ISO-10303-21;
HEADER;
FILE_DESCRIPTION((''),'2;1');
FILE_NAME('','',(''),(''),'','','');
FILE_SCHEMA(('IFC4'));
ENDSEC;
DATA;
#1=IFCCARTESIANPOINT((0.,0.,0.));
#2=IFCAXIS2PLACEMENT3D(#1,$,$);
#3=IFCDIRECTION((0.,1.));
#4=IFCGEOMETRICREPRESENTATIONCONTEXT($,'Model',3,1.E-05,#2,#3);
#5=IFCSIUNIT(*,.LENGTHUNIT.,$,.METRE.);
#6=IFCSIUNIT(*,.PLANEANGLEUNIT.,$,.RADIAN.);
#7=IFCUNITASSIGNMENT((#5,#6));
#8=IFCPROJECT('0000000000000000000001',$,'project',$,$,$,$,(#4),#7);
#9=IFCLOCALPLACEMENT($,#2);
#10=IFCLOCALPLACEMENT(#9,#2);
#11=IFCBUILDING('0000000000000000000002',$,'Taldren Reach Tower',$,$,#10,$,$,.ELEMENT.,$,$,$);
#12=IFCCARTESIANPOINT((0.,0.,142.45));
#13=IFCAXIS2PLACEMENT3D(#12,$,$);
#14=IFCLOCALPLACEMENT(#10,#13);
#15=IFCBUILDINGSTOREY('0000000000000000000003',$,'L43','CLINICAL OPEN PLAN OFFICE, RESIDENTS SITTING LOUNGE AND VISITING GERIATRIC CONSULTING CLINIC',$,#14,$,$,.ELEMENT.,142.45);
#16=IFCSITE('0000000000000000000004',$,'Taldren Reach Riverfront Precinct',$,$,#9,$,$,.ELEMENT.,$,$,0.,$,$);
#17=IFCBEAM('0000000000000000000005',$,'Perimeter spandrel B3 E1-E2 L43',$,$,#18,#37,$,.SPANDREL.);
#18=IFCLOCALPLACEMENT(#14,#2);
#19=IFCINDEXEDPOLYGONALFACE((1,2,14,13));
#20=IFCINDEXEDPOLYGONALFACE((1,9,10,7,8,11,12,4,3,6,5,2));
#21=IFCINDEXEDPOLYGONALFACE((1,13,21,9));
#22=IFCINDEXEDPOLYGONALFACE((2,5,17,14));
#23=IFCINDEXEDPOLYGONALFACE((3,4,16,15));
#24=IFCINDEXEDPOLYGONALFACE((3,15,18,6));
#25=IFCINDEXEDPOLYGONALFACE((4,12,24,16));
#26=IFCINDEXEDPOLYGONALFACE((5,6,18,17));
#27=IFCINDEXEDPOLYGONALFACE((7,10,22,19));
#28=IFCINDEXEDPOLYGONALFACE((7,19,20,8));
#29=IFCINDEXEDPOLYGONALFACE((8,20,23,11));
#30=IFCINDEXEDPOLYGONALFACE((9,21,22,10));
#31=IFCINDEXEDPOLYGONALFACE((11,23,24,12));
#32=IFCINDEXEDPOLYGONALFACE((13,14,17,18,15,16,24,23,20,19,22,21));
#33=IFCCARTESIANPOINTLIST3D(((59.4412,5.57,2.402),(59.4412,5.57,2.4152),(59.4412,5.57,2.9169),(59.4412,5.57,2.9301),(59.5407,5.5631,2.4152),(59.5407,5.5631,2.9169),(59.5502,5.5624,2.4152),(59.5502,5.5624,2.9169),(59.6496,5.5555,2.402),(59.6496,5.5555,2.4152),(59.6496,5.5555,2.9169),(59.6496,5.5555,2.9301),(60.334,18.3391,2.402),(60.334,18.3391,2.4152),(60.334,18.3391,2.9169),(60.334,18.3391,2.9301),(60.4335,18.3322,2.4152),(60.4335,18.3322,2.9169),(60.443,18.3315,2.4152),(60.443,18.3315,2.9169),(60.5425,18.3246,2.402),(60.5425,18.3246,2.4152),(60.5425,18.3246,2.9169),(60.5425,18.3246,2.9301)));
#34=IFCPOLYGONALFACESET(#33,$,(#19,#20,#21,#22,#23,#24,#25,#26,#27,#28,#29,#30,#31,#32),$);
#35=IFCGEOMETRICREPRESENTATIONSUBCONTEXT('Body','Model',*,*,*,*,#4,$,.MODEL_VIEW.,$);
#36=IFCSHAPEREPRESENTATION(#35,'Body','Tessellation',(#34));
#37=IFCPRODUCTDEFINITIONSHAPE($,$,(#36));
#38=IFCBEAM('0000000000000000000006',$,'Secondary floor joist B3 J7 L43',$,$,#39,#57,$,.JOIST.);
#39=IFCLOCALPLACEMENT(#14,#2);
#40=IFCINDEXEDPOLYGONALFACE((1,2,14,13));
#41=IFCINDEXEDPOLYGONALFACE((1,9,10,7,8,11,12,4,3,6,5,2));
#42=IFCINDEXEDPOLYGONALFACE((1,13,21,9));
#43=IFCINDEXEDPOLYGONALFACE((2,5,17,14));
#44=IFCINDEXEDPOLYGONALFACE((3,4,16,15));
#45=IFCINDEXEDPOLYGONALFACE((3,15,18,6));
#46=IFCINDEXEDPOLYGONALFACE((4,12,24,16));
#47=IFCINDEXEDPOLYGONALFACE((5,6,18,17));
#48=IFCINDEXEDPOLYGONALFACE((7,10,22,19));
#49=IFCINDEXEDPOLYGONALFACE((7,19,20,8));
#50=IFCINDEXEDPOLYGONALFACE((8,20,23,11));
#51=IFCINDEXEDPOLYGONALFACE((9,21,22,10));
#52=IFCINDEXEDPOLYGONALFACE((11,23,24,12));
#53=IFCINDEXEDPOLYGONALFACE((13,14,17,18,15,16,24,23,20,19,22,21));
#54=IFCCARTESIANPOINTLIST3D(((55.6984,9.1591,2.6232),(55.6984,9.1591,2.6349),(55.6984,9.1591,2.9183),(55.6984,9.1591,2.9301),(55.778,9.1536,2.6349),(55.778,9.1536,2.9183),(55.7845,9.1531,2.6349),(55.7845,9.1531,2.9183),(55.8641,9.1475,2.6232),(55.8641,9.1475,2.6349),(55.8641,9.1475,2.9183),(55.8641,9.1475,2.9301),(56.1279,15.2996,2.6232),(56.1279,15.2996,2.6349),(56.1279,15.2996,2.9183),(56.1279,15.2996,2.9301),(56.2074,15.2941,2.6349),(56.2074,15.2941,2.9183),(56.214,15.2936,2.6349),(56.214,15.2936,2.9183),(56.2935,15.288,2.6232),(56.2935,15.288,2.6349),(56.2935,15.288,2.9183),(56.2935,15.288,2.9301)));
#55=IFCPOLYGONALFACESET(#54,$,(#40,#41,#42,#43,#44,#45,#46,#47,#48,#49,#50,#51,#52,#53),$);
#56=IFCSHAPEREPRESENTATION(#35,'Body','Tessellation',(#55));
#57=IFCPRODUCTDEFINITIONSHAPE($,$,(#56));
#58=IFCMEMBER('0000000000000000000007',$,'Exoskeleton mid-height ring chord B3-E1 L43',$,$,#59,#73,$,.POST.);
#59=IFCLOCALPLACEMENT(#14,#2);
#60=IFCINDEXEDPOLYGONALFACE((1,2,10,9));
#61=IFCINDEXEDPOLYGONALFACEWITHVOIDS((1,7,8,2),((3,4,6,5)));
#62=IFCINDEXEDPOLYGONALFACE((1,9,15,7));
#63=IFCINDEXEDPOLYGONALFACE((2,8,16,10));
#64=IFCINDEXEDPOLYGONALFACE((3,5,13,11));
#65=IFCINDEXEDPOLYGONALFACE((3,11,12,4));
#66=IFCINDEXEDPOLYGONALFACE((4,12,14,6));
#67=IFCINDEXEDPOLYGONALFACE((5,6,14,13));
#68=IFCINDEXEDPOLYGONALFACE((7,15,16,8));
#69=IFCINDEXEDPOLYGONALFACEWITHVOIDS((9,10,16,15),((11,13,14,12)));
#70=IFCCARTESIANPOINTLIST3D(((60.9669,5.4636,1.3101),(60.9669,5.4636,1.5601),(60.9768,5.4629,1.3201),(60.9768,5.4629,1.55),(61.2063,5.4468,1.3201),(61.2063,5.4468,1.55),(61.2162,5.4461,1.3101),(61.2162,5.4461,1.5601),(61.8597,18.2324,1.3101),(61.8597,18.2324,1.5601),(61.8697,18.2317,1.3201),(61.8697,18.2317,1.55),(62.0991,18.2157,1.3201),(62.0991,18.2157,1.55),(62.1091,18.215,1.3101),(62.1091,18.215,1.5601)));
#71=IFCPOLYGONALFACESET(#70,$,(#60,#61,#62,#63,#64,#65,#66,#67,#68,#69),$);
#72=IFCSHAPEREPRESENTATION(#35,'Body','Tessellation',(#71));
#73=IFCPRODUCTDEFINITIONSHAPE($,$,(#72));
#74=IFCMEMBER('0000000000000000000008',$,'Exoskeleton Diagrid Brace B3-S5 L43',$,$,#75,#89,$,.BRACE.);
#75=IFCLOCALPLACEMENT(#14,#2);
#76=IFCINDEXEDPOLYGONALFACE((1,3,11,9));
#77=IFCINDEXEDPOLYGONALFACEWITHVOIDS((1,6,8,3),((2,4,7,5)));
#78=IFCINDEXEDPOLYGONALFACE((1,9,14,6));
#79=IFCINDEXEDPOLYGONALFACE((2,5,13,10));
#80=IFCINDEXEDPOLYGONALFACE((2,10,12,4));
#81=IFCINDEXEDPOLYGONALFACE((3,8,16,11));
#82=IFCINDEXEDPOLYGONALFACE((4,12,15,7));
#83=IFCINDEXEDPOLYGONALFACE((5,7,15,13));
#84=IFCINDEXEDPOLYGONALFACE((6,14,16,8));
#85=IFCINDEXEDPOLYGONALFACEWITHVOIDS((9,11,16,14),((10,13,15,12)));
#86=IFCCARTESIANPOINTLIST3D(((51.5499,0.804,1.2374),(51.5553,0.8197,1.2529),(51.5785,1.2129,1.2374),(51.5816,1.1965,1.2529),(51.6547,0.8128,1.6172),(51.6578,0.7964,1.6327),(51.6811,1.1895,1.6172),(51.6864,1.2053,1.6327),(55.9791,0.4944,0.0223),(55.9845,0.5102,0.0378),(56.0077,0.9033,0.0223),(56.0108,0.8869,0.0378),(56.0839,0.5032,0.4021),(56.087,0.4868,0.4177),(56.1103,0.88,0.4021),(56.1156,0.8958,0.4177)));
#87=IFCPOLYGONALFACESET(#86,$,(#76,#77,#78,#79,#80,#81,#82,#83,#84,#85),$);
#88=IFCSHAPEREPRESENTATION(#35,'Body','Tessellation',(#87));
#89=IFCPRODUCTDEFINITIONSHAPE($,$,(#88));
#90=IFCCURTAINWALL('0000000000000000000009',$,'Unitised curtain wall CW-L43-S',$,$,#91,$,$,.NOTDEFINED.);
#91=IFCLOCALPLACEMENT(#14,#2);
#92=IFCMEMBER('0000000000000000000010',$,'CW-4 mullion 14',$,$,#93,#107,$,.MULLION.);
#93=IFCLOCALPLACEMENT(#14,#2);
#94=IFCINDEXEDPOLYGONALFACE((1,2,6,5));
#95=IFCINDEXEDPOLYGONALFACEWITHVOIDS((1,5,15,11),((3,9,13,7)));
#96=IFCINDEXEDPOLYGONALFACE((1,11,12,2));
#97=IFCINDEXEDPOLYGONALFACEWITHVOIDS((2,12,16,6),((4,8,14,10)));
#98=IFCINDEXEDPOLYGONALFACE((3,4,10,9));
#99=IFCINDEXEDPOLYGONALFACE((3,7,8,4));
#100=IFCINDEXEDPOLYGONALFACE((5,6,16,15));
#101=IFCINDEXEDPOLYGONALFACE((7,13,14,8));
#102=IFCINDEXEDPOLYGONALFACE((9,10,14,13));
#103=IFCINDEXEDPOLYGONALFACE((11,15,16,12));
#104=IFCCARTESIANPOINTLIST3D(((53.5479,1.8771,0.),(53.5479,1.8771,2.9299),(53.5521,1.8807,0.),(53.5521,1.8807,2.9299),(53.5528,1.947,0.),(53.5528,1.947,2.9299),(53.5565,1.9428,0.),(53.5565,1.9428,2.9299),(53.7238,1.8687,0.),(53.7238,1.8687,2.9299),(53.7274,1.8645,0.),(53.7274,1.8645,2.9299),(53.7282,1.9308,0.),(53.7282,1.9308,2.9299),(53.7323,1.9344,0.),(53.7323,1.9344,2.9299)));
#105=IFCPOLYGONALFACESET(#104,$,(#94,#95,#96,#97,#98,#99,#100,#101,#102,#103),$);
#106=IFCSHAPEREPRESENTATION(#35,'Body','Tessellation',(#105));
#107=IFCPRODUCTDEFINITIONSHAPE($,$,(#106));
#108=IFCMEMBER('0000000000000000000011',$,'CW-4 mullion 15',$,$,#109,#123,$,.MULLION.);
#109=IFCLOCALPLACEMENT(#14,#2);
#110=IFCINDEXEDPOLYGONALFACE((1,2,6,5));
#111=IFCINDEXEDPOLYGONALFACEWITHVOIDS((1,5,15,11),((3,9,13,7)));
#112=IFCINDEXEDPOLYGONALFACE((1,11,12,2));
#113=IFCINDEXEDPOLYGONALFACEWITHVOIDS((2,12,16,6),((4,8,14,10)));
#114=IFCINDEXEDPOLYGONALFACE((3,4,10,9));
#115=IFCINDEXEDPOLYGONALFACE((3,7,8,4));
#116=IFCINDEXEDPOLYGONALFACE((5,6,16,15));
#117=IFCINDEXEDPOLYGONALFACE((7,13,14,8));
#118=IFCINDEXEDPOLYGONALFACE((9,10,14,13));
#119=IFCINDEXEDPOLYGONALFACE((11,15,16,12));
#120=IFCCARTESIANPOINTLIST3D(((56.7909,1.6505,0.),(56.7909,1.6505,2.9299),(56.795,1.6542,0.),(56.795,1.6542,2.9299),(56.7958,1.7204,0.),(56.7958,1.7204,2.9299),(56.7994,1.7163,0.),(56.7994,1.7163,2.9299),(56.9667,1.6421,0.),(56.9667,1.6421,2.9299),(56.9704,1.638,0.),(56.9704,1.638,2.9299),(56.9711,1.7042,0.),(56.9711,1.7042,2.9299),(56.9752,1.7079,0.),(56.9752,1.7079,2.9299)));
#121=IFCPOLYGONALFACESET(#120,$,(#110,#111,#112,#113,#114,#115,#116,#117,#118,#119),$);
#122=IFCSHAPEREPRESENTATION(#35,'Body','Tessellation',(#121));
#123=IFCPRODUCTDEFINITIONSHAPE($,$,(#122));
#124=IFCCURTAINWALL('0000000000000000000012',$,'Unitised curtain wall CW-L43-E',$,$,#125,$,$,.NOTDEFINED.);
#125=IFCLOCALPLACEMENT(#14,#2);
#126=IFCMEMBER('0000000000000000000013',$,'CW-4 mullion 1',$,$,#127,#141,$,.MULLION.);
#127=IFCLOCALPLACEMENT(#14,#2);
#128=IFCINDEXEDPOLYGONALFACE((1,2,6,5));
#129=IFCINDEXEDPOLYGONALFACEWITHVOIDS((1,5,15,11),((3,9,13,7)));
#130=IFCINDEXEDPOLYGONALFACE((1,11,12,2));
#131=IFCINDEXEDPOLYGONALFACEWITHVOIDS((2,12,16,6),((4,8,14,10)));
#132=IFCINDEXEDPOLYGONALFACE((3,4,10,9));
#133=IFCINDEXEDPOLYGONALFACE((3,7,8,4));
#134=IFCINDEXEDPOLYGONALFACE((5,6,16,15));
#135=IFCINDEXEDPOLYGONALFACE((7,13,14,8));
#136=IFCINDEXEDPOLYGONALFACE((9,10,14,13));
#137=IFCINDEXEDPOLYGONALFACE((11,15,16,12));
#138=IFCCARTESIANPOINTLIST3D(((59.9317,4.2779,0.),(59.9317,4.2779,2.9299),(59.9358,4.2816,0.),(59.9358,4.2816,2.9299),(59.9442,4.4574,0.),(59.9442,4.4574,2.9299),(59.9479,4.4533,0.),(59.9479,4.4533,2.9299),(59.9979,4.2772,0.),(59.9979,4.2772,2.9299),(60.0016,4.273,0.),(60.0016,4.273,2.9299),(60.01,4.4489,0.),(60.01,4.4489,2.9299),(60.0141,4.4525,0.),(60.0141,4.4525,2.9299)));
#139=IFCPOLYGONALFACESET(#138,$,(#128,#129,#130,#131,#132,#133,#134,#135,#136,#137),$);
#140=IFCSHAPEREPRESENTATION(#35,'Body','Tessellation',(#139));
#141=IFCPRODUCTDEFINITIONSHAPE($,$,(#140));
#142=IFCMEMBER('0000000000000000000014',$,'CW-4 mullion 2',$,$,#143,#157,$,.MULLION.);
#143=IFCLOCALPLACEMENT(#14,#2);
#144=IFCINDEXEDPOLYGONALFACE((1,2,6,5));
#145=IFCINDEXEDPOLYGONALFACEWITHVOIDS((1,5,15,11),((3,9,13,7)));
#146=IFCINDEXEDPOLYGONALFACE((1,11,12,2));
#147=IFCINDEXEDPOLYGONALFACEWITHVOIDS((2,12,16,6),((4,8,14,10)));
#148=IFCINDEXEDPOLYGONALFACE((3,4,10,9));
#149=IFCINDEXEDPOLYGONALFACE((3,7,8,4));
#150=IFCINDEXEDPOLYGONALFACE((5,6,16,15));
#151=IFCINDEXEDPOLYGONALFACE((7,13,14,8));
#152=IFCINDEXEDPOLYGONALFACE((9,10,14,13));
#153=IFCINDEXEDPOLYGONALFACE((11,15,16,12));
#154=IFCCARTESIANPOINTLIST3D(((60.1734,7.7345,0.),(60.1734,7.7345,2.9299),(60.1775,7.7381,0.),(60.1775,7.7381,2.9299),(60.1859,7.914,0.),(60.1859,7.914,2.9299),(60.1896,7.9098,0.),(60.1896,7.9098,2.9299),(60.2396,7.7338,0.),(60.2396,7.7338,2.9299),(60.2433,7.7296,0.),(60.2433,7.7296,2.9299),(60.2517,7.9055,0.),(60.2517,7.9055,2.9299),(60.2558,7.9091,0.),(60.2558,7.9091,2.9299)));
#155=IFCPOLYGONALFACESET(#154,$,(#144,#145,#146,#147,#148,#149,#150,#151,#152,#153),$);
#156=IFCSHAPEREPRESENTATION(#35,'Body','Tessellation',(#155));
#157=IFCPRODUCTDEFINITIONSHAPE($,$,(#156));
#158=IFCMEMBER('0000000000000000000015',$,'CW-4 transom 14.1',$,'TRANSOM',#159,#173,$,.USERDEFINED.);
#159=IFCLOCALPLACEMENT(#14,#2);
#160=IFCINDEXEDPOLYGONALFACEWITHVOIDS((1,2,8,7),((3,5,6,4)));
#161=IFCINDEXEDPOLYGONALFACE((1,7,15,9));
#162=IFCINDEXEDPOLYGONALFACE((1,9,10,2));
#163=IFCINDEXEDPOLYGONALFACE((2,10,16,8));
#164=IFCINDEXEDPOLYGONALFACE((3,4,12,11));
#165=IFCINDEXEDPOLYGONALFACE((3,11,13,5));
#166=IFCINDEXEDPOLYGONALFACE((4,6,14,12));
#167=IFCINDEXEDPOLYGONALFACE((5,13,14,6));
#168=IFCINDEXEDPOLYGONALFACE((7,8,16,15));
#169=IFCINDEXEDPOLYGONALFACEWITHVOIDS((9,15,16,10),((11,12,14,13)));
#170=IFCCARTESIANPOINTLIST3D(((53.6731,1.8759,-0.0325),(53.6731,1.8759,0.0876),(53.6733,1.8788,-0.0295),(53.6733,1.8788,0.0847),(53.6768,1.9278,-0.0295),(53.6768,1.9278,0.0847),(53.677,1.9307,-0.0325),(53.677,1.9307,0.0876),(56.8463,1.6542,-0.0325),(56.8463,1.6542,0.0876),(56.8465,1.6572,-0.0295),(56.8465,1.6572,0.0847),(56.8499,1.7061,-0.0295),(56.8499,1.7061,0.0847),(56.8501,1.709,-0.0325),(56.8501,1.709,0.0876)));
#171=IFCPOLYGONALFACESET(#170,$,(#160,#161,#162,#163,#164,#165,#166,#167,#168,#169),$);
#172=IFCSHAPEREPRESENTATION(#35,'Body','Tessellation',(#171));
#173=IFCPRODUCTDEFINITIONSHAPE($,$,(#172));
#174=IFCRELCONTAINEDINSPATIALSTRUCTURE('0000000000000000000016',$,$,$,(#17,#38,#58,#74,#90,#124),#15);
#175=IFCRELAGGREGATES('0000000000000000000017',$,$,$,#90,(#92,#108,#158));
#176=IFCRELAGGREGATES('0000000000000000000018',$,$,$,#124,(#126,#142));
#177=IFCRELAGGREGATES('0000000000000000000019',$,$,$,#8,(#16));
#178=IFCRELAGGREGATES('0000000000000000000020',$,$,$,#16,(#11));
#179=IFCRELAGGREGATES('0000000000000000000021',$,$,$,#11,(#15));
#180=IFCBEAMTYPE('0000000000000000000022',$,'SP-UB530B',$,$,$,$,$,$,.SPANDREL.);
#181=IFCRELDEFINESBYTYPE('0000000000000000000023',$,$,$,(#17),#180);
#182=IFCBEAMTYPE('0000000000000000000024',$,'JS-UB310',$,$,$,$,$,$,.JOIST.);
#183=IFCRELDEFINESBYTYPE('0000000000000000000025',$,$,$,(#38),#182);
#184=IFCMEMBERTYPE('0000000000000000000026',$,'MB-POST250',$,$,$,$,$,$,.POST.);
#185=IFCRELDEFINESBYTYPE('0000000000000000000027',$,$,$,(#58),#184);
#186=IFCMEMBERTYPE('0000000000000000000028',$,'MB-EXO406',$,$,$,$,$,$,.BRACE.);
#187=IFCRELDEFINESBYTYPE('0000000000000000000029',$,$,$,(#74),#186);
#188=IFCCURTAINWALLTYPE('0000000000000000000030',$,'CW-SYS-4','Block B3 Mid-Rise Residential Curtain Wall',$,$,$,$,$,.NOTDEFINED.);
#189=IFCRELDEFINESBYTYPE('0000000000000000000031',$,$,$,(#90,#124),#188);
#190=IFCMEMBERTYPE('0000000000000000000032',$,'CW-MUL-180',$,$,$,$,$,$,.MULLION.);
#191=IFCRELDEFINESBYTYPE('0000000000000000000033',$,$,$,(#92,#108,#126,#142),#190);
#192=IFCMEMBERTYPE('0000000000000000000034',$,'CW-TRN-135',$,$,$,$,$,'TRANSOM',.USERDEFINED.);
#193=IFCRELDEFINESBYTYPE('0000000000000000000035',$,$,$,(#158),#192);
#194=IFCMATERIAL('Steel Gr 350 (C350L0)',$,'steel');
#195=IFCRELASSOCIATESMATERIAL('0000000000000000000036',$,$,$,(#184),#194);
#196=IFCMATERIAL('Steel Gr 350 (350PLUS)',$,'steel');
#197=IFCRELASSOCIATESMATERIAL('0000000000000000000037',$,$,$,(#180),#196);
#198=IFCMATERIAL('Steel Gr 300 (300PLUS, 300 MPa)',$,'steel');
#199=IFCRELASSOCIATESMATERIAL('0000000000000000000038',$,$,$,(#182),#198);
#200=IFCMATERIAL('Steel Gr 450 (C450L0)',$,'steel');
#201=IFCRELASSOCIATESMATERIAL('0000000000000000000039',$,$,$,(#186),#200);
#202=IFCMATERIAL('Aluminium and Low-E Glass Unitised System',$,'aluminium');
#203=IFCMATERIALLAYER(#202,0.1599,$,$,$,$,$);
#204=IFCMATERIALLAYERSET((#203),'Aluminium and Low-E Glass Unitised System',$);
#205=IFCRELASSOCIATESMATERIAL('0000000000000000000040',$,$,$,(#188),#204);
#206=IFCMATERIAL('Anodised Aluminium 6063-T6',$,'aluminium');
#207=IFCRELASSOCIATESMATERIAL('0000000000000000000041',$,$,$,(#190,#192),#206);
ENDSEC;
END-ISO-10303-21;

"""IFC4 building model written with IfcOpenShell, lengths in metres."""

from ifc_helpers import new_model, si_unit, direction, frame, origin, origin_2d, place, context, subcontext, project, spatial, hollow_rectangle, i_section, extrude, source, transform, mapped, material, layer, layer_set, material_profile, profile_set, type_object, element, aggregate, save


model = new_model("IFC4")

# Units and contexts
model_context = context("Model", 3, precision=1e-05, world=origin(), true_north=direction((0.0, 1.0)))
body_context = subcontext(model_context, "Body", "Model", "MODEL_VIEW")
ifc_project = project(units=[si_unit("LENGTHUNIT", "METRE"), si_unit("PLANEANGLEUNIT", "RADIAN")], contexts=[model_context])

# Site, building, storey
site_placement = place(None, origin())
site = spatial("IfcSite", under=ifc_project, at=site_placement, Name="Taldren Reach Riverfront Precinct", CompositionType="ELEMENT", RefElevation=0.0)
building_placement = place(site_placement, origin())
building = spatial("IfcBuilding", under=site, at=building_placement, Name="Taldren Reach Tower", CompositionType="ELEMENT")
storey_placement = place(building_placement, frame((0.0, 0.0, 142.45)))
storey = spatial("IfcBuildingStorey", under=building, at=storey_placement, Name="L43", Description="CLINICAL OPEN PLAN OFFICE, RESIDENTS SITTING LOUNGE AND VISITING GERIATRIC CONSULTING CLINIC", CompositionType="ELEMENT", Elevation=142.45)

# Shared definitions
ifc_material_1 = material(Name="Steel Gr 450 (C450L0)", Category="steel")
ifc_material_2 = material(Name="Steel Gr 350 (350PLUS)", Category="steel")

# Shared definitions
ifc_material_3 = material(Name="Steel Gr 350 (C350L0)", Category="steel")
ifc_material_profile_1 = material_profile(ifc_material_3, hollow_rectangle(XDim=0.25, YDim=0.25, WallThickness=0.01, at=origin_2d()), Name="250x250x10.0SHS")
ifc_profile_set_1 = profile_set([ifc_material_profile_1], Name="Steel Gr 350 (C350L0)")
member_type_1 = type_object("IfcMemberType", Name="MB-POST250", PredefinedType="POST", material=ifc_profile_set_1)

# Beams
ifc_material_profile_2 = material_profile(ifc_material_2, i_section(OverallWidth=0.209, OverallDepth=0.5281, WebThickness=0.0095, FlangeThickness=0.0132, at=origin_2d()), Name="530UB82.0")
ifc_profile_set_2 = profile_set([ifc_material_profile_2], Name="Steel Gr 350 (350PLUS)")
beam_type_1 = type_object("IfcBeamType", Name="SP-UB530B", PredefinedType="SPANDREL", material=ifc_profile_set_2)
shared_shape_1 = source(origin(), body_context, "Body", "SweptSolid", [
    extrude(i_section(OverallWidth=0.209, OverallDepth=0.5281, WebThickness=0.0095, FlangeThickness=0.0132, at=origin_2d()), origin(), (0.0, 0.0, 1.0), 12.8003),
])
beam_1_placement = place(storey_placement, frame((59.5454, 5.5627, 2.666), z_axis=(0.069751, 0.997564, 0.0), x_axis=(-0.997564, 0.069751, 0.0)))
element("IfcBeam", 1, at=beam_1_placement, inside=storey, type_object=beam_type_1, Name="Perimeter spandrel B3 E1-E2 L43", PredefinedType="SPANDREL", context=body_context, shape_type="MappedRepresentation", body=[
    mapped(shared_shape_1, transform((0.0, 0.0, 0.0), scale=1.0)),
])
ifc_material_4 = material(Name="Steel Gr 300 (300PLUS, 300 MPa)", Category="steel")
ifc_material_profile_3 = material_profile(ifc_material_4, i_section(OverallWidth=0.166, OverallDepth=0.3069, WebThickness=0.0066, FlangeThickness=0.0117, at=origin_2d()), Name="310UB46.2")
ifc_profile_set_3 = profile_set([ifc_material_profile_3], Name="Steel Gr 300 (300PLUS, 300 MPa)")
beam_type_2 = type_object("IfcBeamType", Name="JS-UB310", PredefinedType="JOIST", material=ifc_profile_set_3)
shared_shape_2 = source(origin(), body_context, "Body", "SweptSolid", [
    extrude(i_section(OverallWidth=0.166, OverallDepth=0.3069, WebThickness=0.0066, FlangeThickness=0.0117, at=origin_2d()), origin(), (0.0, 0.0, 1.0), 6.1555),
])
beam_2_placement = place(storey_placement, frame((55.7812, 9.1533, 2.7766), z_axis=(0.069764, 0.997563, 0.0), x_axis=(-0.997563, 0.069764, 0.0)))
element("IfcBeam", 2, at=beam_2_placement, inside=storey, type_object=beam_type_2, Name="Secondary floor joist B3 J7 L43", PredefinedType="JOIST", context=body_context, shape_type="MappedRepresentation", body=[
    mapped(shared_shape_2, transform((0.0, 0.0, 0.0), scale=1.0)),
])

# Members
shared_shape_3 = source(origin(), body_context, "Body", "SweptSolid", [
    extrude(hollow_rectangle(XDim=0.25, YDim=0.25, WallThickness=0.01, at=origin_2d()), origin(), (0.0, 0.0, 1.0), 12.8),
])
member_1_placement = place(storey_placement, frame((61.0916, 5.4548, 1.4351), z_axis=(0.069752, 0.997564, 0.0), x_axis=(-0.997564, 0.069752, 0.0)))
element("IfcMember", 3, at=member_1_placement, inside=storey, type_object=member_type_1, Name="Exoskeleton mid-height ring chord B3-E1 L43", PredefinedType="POST", context=body_context, shape_type="MappedRepresentation", body=[
    mapped(shared_shape_3, transform((0.0, 0.0, 0.0), scale=1.0)),
])
ifc_material_profile_4 = material_profile(ifc_material_1, hollow_rectangle(XDim=0.4099, YDim=0.4099, WallThickness=0.0161, at=origin_2d()), Name="410x410x16.0SHS")
ifc_profile_set_4 = profile_set([ifc_material_profile_4], Name="Steel Gr 450 (C450L0)")
member_type_2 = type_object("IfcMemberType", Name="MB-EXO406", PredefinedType="BRACE", material=ifc_profile_set_4)
shared_shape_4 = source(origin(), body_context, "Body", "SweptSolid", [
    extrude(hollow_rectangle(XDim=0.4099, YDim=0.4099, WallThickness=0.0161, at=origin_2d()), origin(), (0.0, 0.0, 1.0), 4.6033),
])
member_2_placement = place(storey_placement, frame((56.0474, 0.6951, 0.22), z_axis=(-0.962186, 0.06725, 0.263962), x_axis=(-0.069723, -0.997566, 0.0)))
element("IfcMember", 4, at=member_2_placement, inside=storey, type_object=member_type_2, Name="Exoskeleton Diagrid Brace B3-S5 L43", PredefinedType="BRACE", context=body_context, shape_type="MappedRepresentation", body=[
    mapped(shared_shape_4, transform((0.0, 0.0, 0.0), scale=1.0)),
])

# Curtain walls, members
ifc_material_5 = material(Name="Aluminium and Low-E Glass Unitised System", Category="aluminium")
ifc_layer_1 = layer(ifc_material_5, 0.1599)
ifc_layer_set_1 = layer_set([ifc_layer_1], Name="Aluminium and Low-E Glass Unitised System")
curtain_wall_type = type_object("IfcCurtainWallType", Name="CW-SYS-4", Description="Block B3 Mid-Rise Residential Curtain Wall", PredefinedType="NOTDEFINED", material=ifc_layer_set_1)
curtain_wall_1_placement = place(storey_placement, origin())
curtain_wall_1 = element("IfcCurtainWall", 5, at=curtain_wall_1_placement, inside=storey, type_object=curtain_wall_type, Name="Unitised curtain wall CW-L43-S", PredefinedType="NOTDEFINED")
ifc_material_6 = material(Name="Anodised Aluminium 6063-T6", Category="aluminium")
ifc_material_profile_5 = material_profile(ifc_material_6, hollow_rectangle(XDim=0.0701, YDim=0.1799, WallThickness=0.0039, at=origin_2d()), Name="ALU-180x70x4RHS")
ifc_profile_set_5 = profile_set([ifc_material_profile_5], Name="Anodised Aluminium 6063-T6")
member_type_3 = type_object("IfcMemberType", Name="CW-MUL-180", PredefinedType="MULLION", material=ifc_profile_set_5)
shared_shape_5 = source(origin(), body_context, "Body", "SweptSolid", [
    extrude(hollow_rectangle(XDim=0.0701, YDim=0.1799, WallThickness=0.0039, at=origin_2d()), origin(), (0.0, 0.0, 1.0), 2.9299),
])
member_3_placement = place(storey_placement, frame((53.6401, 1.9058, 0.0), z_axis=(0.0, 0.0, 1.0), x_axis=(0.069757, 0.997564, 0.0)))
member_3 = element("IfcMember", 6, at=member_3_placement, type_object=member_type_3, Name="CW-4 mullion 14", PredefinedType="MULLION", context=body_context, shape_type="MappedRepresentation", body=[
    mapped(shared_shape_5, transform((0.0, 0.0, 0.0), scale=1.0)),
])
member_4_placement = place(storey_placement, frame((56.8831, 1.6792, 0.0), z_axis=(0.0, 0.0, 1.0), x_axis=(0.069757, 0.997564, 0.0)))
member_4 = element("IfcMember", 7, at=member_4_placement, type_object=member_type_3, Name="CW-4 mullion 15", PredefinedType="MULLION", context=body_context, shape_type="MappedRepresentation", body=[
    mapped(shared_shape_5, transform((0.0, 0.0, 0.0), scale=1.0)),
])
curtain_wall_2_placement = place(storey_placement, origin())
curtain_wall_2 = element("IfcCurtainWall", 8, at=curtain_wall_2_placement, inside=storey, type_object=curtain_wall_type, Name="Unitised curtain wall CW-L43-E", PredefinedType="NOTDEFINED")
member_5_placement = place(storey_placement, frame((59.9729, 4.3652, 0.0), z_axis=(0.0, 0.0, 1.0), x_axis=(-0.997564, 0.069756, 0.0)))
member_5 = element("IfcMember", 9, at=member_5_placement, type_object=member_type_3, Name="CW-4 mullion 1", PredefinedType="MULLION", context=body_context, shape_type="MappedRepresentation", body=[
    mapped(shared_shape_5, transform((0.0, 0.0, 0.0), scale=1.0)),
])
member_6_placement = place(storey_placement, frame((60.2146, 7.8218, 0.0), z_axis=(0.0, 0.0, 1.0), x_axis=(-0.997564, 0.069756, 0.0)))
member_6 = element("IfcMember", 10, at=member_6_placement, type_object=member_type_3, Name="CW-4 mullion 2", PredefinedType="MULLION", context=body_context, shape_type="MappedRepresentation", body=[
    mapped(shared_shape_5, transform((0.0, 0.0, 0.0), scale=1.0)),
])

# Member
ifc_material_profile_6 = material_profile(ifc_material_6, hollow_rectangle(XDim=0.0549, YDim=0.1201, WallThickness=0.0029, at=origin_2d()), Name="ALU-120x55x3RHS")
ifc_profile_set_6 = profile_set([ifc_material_profile_6], Name="Anodised Aluminium 6063-T6")
member_type_4 = type_object("IfcMemberType", Name="CW-TRN-135", ElementType="TRANSOM", PredefinedType="USERDEFINED", material=ifc_profile_set_6)
shared_shape_6 = source(origin(), body_context, "Body", "SweptSolid", [
    extrude(hollow_rectangle(XDim=0.0549, YDim=0.1201, WallThickness=0.0029, at=origin_2d()), origin(), (0.0, 0.0, 1.0), 3.1809),
])
member_7_placement = place(storey_placement, frame((53.675, 1.9033, 0.0276), z_axis=(0.997569, -0.069692, 0.0), x_axis=(0.069692, 0.997569, 0.0)))
member_7 = element("IfcMember", 11, at=member_7_placement, type_object=member_type_4, Name="CW-4 transom 14.1", ObjectType="TRANSOM", PredefinedType="USERDEFINED", context=body_context, shape_type="MappedRepresentation", body=[
    mapped(shared_shape_6, transform((0.0, 0.0, 0.0), scale=1.0)),
])

aggregate(curtain_wall_1, [member_3, member_4, member_7])
aggregate(curtain_wall_2, [member_5, member_6])

save(model, "model.ifc")
